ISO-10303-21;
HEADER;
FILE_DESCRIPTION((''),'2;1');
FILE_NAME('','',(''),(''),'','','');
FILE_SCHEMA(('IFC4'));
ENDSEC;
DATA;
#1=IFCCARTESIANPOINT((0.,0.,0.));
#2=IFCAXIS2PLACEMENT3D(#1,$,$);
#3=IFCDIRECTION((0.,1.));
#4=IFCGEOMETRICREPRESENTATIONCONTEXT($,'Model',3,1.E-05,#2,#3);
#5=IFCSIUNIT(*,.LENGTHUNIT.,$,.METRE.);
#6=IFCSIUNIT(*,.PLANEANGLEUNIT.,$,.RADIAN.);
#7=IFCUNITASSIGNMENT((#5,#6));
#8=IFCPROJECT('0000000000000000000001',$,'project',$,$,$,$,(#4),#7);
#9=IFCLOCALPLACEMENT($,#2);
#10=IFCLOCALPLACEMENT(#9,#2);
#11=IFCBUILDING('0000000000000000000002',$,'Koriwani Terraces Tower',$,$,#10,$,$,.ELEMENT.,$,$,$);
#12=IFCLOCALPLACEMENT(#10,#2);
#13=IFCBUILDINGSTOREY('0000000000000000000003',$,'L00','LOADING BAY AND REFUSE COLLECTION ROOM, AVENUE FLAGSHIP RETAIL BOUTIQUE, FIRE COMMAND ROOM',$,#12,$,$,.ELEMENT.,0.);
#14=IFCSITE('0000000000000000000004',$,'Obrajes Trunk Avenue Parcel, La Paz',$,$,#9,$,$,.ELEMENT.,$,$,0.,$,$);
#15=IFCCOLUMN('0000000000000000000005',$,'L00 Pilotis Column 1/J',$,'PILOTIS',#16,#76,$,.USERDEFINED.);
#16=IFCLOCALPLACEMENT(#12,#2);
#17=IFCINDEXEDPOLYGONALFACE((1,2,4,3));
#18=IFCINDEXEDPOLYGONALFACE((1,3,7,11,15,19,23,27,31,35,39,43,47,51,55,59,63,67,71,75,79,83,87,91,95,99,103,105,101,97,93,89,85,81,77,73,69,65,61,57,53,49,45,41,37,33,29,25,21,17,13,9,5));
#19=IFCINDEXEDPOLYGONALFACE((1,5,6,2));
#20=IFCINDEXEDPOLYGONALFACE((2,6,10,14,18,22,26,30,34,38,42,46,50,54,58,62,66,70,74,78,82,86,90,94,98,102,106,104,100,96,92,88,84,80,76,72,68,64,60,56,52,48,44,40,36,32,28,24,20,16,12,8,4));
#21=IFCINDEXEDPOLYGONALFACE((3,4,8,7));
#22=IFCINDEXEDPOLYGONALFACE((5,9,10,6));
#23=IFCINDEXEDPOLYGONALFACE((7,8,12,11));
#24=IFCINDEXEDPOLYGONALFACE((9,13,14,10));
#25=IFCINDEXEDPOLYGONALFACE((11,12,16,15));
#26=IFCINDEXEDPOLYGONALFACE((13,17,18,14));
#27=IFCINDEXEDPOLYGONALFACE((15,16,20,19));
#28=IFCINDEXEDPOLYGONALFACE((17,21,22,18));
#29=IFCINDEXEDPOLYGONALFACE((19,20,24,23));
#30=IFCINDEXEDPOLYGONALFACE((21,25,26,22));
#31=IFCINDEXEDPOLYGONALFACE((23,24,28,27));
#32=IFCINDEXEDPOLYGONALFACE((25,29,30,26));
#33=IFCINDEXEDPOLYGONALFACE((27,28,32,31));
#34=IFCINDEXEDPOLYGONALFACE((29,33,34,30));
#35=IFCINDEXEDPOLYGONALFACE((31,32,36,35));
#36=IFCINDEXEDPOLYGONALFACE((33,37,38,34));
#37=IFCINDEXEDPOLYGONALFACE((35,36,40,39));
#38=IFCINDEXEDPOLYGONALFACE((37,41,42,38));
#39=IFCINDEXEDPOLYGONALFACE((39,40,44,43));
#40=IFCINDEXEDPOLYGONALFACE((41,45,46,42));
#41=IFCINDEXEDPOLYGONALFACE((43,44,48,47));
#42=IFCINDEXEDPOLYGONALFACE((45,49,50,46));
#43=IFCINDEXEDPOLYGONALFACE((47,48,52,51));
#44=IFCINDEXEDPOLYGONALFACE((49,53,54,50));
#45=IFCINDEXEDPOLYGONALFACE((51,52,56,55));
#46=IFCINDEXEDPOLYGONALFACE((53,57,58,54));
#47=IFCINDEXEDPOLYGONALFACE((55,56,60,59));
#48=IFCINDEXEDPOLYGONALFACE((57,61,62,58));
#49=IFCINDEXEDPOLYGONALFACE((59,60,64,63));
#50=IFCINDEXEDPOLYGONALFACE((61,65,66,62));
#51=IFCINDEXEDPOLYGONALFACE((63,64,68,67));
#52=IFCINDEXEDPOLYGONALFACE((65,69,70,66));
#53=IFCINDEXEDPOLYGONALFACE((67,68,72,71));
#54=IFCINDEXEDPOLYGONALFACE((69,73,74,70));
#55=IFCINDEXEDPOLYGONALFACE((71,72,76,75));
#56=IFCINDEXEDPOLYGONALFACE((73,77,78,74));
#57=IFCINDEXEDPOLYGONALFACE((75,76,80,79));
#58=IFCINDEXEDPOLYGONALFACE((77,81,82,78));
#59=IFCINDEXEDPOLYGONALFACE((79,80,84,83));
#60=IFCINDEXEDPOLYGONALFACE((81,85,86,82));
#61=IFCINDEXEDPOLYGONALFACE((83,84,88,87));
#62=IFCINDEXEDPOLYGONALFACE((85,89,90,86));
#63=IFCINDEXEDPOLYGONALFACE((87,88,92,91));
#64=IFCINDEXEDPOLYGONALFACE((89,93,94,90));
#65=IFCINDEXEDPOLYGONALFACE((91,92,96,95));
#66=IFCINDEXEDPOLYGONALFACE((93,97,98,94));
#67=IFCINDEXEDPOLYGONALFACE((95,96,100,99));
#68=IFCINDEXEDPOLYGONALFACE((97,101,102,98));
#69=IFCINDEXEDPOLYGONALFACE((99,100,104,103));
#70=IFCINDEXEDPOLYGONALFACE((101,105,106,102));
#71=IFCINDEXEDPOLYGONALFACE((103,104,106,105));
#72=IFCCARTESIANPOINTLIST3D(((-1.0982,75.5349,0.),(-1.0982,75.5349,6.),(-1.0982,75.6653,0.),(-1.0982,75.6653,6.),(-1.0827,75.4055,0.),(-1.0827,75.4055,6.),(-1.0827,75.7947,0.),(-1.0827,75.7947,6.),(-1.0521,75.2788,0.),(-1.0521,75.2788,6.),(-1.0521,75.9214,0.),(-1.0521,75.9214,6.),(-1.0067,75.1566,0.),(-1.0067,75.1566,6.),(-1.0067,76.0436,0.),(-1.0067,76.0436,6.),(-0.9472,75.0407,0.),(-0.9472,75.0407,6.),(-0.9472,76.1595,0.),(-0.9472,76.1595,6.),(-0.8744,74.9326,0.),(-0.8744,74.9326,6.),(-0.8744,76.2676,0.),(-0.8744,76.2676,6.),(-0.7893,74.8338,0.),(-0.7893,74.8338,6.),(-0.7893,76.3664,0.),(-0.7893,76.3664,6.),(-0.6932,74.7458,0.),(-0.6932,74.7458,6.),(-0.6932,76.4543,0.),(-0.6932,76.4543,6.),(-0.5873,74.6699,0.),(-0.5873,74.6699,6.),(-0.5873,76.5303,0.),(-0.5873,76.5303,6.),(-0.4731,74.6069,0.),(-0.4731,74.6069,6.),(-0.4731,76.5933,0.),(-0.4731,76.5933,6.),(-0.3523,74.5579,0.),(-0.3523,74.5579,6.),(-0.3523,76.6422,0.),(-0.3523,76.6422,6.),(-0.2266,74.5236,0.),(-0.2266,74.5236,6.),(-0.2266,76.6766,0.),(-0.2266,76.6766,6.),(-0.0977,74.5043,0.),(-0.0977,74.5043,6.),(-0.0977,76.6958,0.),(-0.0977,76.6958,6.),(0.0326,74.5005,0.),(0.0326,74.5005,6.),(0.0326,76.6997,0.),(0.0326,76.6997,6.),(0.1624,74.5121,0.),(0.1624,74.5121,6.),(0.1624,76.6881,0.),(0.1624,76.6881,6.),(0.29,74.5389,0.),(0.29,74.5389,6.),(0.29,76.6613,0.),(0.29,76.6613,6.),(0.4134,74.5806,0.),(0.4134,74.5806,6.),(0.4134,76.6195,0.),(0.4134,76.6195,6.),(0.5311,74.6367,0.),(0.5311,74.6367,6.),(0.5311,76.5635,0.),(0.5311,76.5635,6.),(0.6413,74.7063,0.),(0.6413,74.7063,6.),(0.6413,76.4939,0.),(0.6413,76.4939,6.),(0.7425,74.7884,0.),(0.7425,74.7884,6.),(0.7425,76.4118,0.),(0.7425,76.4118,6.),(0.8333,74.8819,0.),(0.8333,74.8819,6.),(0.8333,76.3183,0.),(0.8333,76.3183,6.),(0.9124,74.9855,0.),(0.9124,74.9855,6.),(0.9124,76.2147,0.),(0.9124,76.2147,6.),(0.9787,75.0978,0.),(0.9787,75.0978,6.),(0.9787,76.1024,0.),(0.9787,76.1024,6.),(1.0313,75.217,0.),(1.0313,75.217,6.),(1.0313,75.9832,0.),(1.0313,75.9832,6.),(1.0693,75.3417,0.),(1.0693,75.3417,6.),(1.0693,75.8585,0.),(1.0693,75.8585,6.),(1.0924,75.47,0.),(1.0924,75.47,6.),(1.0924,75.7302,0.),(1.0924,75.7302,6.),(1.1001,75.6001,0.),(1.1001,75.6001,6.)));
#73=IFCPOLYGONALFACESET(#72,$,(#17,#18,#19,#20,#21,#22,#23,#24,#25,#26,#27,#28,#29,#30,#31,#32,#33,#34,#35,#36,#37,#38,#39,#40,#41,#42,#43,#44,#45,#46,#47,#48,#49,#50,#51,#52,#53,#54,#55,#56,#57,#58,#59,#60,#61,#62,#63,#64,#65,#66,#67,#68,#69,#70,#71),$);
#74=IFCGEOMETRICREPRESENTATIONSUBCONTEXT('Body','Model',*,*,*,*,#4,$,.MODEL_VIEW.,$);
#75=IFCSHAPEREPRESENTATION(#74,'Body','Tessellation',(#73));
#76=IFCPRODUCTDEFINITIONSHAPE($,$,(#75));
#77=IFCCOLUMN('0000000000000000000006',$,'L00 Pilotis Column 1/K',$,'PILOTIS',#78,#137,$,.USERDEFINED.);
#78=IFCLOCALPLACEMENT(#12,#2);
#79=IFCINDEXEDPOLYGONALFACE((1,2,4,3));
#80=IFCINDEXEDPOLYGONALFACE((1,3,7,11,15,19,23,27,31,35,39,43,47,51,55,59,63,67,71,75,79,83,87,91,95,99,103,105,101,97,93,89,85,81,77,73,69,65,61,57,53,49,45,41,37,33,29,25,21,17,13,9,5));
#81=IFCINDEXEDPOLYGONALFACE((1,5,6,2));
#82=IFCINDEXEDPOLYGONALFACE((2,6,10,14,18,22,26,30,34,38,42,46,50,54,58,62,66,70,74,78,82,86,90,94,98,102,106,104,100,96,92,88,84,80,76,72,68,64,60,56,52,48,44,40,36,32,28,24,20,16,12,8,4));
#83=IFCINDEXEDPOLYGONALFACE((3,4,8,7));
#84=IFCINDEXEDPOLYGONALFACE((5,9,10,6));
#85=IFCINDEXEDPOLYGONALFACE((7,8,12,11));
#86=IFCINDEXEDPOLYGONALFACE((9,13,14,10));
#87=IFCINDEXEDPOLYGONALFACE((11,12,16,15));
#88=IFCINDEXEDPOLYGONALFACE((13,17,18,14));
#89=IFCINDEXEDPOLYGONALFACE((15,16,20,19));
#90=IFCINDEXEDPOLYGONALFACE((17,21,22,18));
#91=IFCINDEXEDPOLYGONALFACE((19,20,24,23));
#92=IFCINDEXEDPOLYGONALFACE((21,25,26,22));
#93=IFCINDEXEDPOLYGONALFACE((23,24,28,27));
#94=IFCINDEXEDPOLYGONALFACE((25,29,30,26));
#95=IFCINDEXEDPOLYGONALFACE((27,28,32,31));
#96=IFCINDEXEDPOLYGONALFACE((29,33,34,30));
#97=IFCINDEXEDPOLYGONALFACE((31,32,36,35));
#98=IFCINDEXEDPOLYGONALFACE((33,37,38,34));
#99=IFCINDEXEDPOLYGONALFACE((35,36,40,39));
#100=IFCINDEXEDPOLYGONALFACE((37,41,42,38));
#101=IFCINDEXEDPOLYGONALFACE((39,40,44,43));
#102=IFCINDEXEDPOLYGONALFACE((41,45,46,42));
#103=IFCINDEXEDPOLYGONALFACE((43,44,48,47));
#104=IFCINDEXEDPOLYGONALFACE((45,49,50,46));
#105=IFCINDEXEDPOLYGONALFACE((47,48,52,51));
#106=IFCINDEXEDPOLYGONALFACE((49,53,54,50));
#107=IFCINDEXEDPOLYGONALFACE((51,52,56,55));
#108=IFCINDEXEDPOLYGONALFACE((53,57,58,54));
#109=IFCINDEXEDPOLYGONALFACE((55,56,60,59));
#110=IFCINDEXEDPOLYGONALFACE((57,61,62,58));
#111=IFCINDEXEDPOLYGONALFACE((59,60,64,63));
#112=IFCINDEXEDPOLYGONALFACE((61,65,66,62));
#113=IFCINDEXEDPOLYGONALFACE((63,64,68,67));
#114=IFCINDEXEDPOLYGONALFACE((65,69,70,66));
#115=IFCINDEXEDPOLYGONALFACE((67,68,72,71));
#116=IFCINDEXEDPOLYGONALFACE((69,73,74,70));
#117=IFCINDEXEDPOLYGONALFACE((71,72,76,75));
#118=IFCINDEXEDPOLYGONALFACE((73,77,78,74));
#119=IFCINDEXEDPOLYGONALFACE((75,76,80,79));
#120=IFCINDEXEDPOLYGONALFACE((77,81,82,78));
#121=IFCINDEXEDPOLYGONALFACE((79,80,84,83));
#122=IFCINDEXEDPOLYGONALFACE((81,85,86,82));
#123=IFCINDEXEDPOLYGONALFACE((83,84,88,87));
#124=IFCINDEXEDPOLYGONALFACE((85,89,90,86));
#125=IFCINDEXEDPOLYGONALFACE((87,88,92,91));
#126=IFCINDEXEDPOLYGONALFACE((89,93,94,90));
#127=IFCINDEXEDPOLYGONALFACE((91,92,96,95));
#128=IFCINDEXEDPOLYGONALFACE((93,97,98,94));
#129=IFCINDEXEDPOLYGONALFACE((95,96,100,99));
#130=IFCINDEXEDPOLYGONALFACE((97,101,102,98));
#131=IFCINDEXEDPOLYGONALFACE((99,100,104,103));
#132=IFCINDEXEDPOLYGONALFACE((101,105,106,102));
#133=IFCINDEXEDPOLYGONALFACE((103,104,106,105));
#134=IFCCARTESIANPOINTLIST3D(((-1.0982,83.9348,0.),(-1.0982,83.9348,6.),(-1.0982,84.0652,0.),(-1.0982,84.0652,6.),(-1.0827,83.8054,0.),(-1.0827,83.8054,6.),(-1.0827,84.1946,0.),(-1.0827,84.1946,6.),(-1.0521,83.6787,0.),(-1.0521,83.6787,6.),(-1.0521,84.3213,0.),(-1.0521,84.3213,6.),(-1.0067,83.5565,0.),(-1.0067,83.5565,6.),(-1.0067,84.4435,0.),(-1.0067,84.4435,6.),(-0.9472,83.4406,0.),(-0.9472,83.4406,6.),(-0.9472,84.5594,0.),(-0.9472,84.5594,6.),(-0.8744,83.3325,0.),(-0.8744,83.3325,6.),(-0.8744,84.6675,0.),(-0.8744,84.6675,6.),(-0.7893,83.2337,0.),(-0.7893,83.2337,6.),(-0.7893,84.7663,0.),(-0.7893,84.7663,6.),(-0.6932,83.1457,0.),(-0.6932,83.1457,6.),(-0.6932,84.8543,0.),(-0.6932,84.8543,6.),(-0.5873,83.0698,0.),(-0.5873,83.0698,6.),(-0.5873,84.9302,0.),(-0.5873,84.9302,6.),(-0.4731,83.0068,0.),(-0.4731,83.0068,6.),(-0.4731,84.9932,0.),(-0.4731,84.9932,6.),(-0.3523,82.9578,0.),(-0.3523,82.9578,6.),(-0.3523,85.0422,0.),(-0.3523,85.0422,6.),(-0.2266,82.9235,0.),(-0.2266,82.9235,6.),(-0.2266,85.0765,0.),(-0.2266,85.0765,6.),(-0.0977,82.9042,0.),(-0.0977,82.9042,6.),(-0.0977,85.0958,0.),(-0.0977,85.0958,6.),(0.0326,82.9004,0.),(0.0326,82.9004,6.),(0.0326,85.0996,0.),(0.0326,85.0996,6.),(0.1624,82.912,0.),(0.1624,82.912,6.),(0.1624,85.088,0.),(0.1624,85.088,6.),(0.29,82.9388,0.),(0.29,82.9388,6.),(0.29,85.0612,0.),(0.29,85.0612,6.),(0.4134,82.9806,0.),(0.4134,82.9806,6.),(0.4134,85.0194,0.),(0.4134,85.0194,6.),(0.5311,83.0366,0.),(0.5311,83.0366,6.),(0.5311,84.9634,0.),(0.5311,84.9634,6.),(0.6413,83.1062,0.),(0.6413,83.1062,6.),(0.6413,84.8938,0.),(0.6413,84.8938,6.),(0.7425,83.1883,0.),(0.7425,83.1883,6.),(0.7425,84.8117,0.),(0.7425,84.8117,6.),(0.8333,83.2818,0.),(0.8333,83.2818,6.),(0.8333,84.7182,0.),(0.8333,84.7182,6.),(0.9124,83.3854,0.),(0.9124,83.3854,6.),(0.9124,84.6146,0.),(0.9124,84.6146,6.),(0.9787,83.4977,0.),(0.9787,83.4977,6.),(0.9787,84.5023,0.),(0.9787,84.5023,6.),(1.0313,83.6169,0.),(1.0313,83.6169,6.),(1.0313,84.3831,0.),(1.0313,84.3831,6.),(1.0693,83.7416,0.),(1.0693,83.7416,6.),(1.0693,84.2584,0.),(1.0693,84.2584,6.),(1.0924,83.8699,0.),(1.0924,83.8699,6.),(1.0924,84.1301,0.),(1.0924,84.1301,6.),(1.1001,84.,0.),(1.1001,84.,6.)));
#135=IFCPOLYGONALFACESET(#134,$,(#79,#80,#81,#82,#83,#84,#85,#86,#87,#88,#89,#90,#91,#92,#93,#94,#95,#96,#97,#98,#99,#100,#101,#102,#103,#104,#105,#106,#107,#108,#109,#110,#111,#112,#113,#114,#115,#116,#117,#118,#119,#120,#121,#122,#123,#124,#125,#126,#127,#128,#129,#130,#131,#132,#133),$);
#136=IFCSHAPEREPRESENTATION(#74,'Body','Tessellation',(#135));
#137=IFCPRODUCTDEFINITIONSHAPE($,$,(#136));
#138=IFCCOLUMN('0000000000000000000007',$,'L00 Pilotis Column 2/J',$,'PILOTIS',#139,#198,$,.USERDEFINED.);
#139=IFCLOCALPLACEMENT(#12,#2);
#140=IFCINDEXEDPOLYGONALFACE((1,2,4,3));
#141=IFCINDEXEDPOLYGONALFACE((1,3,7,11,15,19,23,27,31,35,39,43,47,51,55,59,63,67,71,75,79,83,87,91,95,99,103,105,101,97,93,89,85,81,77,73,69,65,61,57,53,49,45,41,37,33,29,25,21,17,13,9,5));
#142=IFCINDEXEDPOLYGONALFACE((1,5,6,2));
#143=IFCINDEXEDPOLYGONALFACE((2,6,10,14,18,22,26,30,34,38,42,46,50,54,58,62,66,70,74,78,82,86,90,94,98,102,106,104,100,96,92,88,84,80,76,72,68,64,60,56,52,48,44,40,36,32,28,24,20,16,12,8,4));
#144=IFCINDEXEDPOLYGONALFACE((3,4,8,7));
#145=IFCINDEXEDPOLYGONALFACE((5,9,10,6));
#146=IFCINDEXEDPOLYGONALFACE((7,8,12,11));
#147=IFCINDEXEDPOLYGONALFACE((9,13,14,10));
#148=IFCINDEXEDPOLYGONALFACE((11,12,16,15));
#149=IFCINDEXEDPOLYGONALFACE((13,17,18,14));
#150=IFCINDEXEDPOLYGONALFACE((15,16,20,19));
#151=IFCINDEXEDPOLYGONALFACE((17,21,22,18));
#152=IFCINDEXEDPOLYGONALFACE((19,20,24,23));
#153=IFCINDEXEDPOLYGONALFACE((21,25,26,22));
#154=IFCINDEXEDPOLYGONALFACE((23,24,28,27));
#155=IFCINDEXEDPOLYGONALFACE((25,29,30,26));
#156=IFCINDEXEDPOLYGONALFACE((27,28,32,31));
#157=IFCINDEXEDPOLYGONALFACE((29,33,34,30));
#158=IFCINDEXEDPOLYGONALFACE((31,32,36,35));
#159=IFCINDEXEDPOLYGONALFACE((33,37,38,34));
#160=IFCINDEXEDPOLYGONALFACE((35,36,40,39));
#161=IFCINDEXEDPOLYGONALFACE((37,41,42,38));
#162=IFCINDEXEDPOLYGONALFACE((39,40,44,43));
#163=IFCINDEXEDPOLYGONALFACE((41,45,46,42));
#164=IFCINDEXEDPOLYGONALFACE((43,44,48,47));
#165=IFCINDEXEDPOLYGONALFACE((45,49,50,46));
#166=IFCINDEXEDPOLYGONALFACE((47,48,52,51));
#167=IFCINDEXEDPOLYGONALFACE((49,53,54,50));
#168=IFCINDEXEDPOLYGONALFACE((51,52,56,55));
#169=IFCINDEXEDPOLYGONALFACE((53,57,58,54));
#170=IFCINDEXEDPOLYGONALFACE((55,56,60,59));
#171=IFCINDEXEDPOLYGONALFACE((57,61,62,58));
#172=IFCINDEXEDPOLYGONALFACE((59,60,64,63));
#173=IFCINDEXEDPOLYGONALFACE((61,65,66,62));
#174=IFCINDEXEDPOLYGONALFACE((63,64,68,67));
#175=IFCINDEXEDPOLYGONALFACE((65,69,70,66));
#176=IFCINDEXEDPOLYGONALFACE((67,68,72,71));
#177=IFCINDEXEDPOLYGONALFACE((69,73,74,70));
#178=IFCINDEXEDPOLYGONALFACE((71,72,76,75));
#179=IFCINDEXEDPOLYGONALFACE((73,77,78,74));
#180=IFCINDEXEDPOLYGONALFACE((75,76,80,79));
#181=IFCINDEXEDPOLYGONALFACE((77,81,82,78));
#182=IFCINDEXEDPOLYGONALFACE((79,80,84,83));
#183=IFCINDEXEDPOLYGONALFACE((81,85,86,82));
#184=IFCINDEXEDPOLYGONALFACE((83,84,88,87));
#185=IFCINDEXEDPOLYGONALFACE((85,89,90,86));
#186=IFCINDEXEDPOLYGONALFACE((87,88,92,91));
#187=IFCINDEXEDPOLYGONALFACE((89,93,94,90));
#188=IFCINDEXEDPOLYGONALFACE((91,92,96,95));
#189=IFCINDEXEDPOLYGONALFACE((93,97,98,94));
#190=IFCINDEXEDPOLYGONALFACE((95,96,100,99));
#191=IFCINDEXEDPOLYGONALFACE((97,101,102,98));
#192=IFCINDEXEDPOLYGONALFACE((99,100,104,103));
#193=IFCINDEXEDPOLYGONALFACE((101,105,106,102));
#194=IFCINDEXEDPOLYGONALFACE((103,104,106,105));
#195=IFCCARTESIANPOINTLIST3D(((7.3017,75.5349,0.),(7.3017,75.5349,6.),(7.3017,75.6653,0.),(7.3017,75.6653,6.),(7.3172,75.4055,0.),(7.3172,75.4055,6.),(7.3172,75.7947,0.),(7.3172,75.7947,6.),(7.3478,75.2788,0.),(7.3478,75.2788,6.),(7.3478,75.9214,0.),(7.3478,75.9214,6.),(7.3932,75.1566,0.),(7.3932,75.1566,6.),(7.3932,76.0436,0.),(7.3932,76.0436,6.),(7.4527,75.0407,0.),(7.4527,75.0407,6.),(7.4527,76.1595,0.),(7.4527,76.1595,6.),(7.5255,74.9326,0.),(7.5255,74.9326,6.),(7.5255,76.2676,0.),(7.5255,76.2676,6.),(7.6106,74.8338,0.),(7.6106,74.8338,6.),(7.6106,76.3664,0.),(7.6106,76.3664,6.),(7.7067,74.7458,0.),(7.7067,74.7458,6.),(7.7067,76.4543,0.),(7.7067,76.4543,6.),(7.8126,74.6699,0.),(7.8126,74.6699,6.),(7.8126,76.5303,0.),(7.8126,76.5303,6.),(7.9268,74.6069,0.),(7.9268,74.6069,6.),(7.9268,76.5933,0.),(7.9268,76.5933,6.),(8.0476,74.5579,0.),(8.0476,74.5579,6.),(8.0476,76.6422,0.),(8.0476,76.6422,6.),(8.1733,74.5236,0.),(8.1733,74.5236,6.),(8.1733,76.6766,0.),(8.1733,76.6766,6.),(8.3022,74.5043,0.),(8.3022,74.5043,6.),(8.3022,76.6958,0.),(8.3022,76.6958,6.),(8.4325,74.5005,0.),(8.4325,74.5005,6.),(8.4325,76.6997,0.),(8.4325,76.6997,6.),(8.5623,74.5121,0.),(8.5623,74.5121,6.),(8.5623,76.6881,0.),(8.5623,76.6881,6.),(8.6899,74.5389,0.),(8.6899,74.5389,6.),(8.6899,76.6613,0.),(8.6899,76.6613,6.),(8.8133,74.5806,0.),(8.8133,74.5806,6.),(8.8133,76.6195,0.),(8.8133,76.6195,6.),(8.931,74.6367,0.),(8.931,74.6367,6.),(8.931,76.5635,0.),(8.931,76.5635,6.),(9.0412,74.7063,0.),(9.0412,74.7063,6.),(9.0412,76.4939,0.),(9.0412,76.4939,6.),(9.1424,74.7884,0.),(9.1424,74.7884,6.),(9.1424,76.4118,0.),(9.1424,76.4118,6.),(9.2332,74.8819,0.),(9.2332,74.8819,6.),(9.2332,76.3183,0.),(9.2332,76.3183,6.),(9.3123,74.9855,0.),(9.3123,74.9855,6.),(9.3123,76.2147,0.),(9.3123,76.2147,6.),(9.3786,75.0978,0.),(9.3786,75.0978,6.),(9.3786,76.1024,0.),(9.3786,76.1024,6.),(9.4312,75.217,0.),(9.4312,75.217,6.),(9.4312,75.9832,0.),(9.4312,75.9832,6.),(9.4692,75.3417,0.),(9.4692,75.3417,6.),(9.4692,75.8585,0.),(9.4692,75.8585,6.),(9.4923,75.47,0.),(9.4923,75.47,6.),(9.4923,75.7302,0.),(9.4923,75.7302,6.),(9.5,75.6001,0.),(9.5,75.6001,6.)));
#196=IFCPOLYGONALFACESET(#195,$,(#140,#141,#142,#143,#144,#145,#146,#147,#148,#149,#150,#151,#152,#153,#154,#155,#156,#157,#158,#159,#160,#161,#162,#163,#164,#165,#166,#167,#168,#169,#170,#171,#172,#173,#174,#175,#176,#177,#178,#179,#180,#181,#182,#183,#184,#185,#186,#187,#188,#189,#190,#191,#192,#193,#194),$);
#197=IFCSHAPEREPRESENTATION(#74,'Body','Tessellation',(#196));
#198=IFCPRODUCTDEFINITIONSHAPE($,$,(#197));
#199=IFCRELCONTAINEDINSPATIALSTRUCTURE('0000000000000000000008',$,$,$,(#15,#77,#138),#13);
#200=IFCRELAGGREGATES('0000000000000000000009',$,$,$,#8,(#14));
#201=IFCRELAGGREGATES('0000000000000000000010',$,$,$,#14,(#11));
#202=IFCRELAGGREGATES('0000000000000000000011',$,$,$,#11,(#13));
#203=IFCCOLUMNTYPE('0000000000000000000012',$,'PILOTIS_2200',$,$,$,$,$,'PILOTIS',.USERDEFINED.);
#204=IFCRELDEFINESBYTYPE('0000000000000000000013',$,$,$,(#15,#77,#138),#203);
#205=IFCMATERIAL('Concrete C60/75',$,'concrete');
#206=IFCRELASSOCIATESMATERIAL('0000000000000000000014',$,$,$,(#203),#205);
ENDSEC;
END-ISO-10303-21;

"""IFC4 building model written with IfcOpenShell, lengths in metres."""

from ifc_helpers import new_model, si_unit, direction, frame, origin, origin_2d, place, context, subcontext, project, spatial, circle, extrude, material, material_profile, profile_set, type_object, element, save


model = new_model("IFC4")

# Units and contexts
model_context = context("Model", 3, precision=1e-05, world=origin(), true_north=direction((0.0, 1.0)))
body_context = subcontext(model_context, "Body", "Model", "MODEL_VIEW")
ifc_project = project(units=[si_unit("LENGTHUNIT", "METRE"), si_unit("PLANEANGLEUNIT", "RADIAN")], contexts=[model_context])

# Site, building, storey
site_placement = place(None, origin())
site = spatial("IfcSite", under=ifc_project, at=site_placement, Name="Obrajes Trunk Avenue Parcel, La Paz", CompositionType="ELEMENT", RefElevation=0.0)
building_placement = place(site_placement, origin())
building = spatial("IfcBuilding", under=site, at=building_placement, Name="Koriwani Terraces Tower", CompositionType="ELEMENT")
storey_placement = place(building_placement, origin())
storey = spatial("IfcBuildingStorey", under=building, at=storey_placement, Name="L00", Description="LOADING BAY AND REFUSE COLLECTION ROOM, AVENUE FLAGSHIP RETAIL BOUTIQUE, FIRE COMMAND ROOM", CompositionType="ELEMENT", Elevation=0.0)

# Columns
ifc_material_1 = material(Name="Concrete C60/75", Category="concrete")
ifc_material_profile_1 = material_profile(ifc_material_1, circle(Radius=1.1001, at=origin_2d()), Name="Concrete C60/75", Category="LoadBearing")
ifc_profile_set_1 = profile_set([ifc_material_profile_1], Name="Concrete C60/75")
column_type = type_object("IfcColumnType", Name="PILOTIS_2200", ElementType="PILOTIS", PredefinedType="USERDEFINED", material=ifc_profile_set_1)
for number, where, z_axis, x_axis, name in (
    (1, (0.0, 75.6001, 0.0), (0.0, 0.0, 1.0), (1.0, 0.0, 0.0), "L00 Pilotis Column 1/J"),
    (2, (0.0, 84.0, 0.0), (0.0, 0.0, 1.0), (1.0, 0.0, 0.0), "L00 Pilotis Column 1/K"),
    (3, (8.3999, 75.6001, 0.0), (0.0, 0.0, 1.0), (1.0, 0.0, 0.0), "L00 Pilotis Column 2/J"),
):
    element("IfcColumn", number, at=place(storey_placement, frame(where, z_axis=z_axis, x_axis=x_axis)), inside=storey, type_object=column_type, Name=name, ObjectType="PILOTIS", PredefinedType="USERDEFINED", context=body_context, shape_type="SweptSolid", body=[
        extrude(circle(Radius=1.1001, at=origin_2d()), origin(), (0.0, 0.0, 1.0), 6.0),
    ])

save(model, "model.ifc")
